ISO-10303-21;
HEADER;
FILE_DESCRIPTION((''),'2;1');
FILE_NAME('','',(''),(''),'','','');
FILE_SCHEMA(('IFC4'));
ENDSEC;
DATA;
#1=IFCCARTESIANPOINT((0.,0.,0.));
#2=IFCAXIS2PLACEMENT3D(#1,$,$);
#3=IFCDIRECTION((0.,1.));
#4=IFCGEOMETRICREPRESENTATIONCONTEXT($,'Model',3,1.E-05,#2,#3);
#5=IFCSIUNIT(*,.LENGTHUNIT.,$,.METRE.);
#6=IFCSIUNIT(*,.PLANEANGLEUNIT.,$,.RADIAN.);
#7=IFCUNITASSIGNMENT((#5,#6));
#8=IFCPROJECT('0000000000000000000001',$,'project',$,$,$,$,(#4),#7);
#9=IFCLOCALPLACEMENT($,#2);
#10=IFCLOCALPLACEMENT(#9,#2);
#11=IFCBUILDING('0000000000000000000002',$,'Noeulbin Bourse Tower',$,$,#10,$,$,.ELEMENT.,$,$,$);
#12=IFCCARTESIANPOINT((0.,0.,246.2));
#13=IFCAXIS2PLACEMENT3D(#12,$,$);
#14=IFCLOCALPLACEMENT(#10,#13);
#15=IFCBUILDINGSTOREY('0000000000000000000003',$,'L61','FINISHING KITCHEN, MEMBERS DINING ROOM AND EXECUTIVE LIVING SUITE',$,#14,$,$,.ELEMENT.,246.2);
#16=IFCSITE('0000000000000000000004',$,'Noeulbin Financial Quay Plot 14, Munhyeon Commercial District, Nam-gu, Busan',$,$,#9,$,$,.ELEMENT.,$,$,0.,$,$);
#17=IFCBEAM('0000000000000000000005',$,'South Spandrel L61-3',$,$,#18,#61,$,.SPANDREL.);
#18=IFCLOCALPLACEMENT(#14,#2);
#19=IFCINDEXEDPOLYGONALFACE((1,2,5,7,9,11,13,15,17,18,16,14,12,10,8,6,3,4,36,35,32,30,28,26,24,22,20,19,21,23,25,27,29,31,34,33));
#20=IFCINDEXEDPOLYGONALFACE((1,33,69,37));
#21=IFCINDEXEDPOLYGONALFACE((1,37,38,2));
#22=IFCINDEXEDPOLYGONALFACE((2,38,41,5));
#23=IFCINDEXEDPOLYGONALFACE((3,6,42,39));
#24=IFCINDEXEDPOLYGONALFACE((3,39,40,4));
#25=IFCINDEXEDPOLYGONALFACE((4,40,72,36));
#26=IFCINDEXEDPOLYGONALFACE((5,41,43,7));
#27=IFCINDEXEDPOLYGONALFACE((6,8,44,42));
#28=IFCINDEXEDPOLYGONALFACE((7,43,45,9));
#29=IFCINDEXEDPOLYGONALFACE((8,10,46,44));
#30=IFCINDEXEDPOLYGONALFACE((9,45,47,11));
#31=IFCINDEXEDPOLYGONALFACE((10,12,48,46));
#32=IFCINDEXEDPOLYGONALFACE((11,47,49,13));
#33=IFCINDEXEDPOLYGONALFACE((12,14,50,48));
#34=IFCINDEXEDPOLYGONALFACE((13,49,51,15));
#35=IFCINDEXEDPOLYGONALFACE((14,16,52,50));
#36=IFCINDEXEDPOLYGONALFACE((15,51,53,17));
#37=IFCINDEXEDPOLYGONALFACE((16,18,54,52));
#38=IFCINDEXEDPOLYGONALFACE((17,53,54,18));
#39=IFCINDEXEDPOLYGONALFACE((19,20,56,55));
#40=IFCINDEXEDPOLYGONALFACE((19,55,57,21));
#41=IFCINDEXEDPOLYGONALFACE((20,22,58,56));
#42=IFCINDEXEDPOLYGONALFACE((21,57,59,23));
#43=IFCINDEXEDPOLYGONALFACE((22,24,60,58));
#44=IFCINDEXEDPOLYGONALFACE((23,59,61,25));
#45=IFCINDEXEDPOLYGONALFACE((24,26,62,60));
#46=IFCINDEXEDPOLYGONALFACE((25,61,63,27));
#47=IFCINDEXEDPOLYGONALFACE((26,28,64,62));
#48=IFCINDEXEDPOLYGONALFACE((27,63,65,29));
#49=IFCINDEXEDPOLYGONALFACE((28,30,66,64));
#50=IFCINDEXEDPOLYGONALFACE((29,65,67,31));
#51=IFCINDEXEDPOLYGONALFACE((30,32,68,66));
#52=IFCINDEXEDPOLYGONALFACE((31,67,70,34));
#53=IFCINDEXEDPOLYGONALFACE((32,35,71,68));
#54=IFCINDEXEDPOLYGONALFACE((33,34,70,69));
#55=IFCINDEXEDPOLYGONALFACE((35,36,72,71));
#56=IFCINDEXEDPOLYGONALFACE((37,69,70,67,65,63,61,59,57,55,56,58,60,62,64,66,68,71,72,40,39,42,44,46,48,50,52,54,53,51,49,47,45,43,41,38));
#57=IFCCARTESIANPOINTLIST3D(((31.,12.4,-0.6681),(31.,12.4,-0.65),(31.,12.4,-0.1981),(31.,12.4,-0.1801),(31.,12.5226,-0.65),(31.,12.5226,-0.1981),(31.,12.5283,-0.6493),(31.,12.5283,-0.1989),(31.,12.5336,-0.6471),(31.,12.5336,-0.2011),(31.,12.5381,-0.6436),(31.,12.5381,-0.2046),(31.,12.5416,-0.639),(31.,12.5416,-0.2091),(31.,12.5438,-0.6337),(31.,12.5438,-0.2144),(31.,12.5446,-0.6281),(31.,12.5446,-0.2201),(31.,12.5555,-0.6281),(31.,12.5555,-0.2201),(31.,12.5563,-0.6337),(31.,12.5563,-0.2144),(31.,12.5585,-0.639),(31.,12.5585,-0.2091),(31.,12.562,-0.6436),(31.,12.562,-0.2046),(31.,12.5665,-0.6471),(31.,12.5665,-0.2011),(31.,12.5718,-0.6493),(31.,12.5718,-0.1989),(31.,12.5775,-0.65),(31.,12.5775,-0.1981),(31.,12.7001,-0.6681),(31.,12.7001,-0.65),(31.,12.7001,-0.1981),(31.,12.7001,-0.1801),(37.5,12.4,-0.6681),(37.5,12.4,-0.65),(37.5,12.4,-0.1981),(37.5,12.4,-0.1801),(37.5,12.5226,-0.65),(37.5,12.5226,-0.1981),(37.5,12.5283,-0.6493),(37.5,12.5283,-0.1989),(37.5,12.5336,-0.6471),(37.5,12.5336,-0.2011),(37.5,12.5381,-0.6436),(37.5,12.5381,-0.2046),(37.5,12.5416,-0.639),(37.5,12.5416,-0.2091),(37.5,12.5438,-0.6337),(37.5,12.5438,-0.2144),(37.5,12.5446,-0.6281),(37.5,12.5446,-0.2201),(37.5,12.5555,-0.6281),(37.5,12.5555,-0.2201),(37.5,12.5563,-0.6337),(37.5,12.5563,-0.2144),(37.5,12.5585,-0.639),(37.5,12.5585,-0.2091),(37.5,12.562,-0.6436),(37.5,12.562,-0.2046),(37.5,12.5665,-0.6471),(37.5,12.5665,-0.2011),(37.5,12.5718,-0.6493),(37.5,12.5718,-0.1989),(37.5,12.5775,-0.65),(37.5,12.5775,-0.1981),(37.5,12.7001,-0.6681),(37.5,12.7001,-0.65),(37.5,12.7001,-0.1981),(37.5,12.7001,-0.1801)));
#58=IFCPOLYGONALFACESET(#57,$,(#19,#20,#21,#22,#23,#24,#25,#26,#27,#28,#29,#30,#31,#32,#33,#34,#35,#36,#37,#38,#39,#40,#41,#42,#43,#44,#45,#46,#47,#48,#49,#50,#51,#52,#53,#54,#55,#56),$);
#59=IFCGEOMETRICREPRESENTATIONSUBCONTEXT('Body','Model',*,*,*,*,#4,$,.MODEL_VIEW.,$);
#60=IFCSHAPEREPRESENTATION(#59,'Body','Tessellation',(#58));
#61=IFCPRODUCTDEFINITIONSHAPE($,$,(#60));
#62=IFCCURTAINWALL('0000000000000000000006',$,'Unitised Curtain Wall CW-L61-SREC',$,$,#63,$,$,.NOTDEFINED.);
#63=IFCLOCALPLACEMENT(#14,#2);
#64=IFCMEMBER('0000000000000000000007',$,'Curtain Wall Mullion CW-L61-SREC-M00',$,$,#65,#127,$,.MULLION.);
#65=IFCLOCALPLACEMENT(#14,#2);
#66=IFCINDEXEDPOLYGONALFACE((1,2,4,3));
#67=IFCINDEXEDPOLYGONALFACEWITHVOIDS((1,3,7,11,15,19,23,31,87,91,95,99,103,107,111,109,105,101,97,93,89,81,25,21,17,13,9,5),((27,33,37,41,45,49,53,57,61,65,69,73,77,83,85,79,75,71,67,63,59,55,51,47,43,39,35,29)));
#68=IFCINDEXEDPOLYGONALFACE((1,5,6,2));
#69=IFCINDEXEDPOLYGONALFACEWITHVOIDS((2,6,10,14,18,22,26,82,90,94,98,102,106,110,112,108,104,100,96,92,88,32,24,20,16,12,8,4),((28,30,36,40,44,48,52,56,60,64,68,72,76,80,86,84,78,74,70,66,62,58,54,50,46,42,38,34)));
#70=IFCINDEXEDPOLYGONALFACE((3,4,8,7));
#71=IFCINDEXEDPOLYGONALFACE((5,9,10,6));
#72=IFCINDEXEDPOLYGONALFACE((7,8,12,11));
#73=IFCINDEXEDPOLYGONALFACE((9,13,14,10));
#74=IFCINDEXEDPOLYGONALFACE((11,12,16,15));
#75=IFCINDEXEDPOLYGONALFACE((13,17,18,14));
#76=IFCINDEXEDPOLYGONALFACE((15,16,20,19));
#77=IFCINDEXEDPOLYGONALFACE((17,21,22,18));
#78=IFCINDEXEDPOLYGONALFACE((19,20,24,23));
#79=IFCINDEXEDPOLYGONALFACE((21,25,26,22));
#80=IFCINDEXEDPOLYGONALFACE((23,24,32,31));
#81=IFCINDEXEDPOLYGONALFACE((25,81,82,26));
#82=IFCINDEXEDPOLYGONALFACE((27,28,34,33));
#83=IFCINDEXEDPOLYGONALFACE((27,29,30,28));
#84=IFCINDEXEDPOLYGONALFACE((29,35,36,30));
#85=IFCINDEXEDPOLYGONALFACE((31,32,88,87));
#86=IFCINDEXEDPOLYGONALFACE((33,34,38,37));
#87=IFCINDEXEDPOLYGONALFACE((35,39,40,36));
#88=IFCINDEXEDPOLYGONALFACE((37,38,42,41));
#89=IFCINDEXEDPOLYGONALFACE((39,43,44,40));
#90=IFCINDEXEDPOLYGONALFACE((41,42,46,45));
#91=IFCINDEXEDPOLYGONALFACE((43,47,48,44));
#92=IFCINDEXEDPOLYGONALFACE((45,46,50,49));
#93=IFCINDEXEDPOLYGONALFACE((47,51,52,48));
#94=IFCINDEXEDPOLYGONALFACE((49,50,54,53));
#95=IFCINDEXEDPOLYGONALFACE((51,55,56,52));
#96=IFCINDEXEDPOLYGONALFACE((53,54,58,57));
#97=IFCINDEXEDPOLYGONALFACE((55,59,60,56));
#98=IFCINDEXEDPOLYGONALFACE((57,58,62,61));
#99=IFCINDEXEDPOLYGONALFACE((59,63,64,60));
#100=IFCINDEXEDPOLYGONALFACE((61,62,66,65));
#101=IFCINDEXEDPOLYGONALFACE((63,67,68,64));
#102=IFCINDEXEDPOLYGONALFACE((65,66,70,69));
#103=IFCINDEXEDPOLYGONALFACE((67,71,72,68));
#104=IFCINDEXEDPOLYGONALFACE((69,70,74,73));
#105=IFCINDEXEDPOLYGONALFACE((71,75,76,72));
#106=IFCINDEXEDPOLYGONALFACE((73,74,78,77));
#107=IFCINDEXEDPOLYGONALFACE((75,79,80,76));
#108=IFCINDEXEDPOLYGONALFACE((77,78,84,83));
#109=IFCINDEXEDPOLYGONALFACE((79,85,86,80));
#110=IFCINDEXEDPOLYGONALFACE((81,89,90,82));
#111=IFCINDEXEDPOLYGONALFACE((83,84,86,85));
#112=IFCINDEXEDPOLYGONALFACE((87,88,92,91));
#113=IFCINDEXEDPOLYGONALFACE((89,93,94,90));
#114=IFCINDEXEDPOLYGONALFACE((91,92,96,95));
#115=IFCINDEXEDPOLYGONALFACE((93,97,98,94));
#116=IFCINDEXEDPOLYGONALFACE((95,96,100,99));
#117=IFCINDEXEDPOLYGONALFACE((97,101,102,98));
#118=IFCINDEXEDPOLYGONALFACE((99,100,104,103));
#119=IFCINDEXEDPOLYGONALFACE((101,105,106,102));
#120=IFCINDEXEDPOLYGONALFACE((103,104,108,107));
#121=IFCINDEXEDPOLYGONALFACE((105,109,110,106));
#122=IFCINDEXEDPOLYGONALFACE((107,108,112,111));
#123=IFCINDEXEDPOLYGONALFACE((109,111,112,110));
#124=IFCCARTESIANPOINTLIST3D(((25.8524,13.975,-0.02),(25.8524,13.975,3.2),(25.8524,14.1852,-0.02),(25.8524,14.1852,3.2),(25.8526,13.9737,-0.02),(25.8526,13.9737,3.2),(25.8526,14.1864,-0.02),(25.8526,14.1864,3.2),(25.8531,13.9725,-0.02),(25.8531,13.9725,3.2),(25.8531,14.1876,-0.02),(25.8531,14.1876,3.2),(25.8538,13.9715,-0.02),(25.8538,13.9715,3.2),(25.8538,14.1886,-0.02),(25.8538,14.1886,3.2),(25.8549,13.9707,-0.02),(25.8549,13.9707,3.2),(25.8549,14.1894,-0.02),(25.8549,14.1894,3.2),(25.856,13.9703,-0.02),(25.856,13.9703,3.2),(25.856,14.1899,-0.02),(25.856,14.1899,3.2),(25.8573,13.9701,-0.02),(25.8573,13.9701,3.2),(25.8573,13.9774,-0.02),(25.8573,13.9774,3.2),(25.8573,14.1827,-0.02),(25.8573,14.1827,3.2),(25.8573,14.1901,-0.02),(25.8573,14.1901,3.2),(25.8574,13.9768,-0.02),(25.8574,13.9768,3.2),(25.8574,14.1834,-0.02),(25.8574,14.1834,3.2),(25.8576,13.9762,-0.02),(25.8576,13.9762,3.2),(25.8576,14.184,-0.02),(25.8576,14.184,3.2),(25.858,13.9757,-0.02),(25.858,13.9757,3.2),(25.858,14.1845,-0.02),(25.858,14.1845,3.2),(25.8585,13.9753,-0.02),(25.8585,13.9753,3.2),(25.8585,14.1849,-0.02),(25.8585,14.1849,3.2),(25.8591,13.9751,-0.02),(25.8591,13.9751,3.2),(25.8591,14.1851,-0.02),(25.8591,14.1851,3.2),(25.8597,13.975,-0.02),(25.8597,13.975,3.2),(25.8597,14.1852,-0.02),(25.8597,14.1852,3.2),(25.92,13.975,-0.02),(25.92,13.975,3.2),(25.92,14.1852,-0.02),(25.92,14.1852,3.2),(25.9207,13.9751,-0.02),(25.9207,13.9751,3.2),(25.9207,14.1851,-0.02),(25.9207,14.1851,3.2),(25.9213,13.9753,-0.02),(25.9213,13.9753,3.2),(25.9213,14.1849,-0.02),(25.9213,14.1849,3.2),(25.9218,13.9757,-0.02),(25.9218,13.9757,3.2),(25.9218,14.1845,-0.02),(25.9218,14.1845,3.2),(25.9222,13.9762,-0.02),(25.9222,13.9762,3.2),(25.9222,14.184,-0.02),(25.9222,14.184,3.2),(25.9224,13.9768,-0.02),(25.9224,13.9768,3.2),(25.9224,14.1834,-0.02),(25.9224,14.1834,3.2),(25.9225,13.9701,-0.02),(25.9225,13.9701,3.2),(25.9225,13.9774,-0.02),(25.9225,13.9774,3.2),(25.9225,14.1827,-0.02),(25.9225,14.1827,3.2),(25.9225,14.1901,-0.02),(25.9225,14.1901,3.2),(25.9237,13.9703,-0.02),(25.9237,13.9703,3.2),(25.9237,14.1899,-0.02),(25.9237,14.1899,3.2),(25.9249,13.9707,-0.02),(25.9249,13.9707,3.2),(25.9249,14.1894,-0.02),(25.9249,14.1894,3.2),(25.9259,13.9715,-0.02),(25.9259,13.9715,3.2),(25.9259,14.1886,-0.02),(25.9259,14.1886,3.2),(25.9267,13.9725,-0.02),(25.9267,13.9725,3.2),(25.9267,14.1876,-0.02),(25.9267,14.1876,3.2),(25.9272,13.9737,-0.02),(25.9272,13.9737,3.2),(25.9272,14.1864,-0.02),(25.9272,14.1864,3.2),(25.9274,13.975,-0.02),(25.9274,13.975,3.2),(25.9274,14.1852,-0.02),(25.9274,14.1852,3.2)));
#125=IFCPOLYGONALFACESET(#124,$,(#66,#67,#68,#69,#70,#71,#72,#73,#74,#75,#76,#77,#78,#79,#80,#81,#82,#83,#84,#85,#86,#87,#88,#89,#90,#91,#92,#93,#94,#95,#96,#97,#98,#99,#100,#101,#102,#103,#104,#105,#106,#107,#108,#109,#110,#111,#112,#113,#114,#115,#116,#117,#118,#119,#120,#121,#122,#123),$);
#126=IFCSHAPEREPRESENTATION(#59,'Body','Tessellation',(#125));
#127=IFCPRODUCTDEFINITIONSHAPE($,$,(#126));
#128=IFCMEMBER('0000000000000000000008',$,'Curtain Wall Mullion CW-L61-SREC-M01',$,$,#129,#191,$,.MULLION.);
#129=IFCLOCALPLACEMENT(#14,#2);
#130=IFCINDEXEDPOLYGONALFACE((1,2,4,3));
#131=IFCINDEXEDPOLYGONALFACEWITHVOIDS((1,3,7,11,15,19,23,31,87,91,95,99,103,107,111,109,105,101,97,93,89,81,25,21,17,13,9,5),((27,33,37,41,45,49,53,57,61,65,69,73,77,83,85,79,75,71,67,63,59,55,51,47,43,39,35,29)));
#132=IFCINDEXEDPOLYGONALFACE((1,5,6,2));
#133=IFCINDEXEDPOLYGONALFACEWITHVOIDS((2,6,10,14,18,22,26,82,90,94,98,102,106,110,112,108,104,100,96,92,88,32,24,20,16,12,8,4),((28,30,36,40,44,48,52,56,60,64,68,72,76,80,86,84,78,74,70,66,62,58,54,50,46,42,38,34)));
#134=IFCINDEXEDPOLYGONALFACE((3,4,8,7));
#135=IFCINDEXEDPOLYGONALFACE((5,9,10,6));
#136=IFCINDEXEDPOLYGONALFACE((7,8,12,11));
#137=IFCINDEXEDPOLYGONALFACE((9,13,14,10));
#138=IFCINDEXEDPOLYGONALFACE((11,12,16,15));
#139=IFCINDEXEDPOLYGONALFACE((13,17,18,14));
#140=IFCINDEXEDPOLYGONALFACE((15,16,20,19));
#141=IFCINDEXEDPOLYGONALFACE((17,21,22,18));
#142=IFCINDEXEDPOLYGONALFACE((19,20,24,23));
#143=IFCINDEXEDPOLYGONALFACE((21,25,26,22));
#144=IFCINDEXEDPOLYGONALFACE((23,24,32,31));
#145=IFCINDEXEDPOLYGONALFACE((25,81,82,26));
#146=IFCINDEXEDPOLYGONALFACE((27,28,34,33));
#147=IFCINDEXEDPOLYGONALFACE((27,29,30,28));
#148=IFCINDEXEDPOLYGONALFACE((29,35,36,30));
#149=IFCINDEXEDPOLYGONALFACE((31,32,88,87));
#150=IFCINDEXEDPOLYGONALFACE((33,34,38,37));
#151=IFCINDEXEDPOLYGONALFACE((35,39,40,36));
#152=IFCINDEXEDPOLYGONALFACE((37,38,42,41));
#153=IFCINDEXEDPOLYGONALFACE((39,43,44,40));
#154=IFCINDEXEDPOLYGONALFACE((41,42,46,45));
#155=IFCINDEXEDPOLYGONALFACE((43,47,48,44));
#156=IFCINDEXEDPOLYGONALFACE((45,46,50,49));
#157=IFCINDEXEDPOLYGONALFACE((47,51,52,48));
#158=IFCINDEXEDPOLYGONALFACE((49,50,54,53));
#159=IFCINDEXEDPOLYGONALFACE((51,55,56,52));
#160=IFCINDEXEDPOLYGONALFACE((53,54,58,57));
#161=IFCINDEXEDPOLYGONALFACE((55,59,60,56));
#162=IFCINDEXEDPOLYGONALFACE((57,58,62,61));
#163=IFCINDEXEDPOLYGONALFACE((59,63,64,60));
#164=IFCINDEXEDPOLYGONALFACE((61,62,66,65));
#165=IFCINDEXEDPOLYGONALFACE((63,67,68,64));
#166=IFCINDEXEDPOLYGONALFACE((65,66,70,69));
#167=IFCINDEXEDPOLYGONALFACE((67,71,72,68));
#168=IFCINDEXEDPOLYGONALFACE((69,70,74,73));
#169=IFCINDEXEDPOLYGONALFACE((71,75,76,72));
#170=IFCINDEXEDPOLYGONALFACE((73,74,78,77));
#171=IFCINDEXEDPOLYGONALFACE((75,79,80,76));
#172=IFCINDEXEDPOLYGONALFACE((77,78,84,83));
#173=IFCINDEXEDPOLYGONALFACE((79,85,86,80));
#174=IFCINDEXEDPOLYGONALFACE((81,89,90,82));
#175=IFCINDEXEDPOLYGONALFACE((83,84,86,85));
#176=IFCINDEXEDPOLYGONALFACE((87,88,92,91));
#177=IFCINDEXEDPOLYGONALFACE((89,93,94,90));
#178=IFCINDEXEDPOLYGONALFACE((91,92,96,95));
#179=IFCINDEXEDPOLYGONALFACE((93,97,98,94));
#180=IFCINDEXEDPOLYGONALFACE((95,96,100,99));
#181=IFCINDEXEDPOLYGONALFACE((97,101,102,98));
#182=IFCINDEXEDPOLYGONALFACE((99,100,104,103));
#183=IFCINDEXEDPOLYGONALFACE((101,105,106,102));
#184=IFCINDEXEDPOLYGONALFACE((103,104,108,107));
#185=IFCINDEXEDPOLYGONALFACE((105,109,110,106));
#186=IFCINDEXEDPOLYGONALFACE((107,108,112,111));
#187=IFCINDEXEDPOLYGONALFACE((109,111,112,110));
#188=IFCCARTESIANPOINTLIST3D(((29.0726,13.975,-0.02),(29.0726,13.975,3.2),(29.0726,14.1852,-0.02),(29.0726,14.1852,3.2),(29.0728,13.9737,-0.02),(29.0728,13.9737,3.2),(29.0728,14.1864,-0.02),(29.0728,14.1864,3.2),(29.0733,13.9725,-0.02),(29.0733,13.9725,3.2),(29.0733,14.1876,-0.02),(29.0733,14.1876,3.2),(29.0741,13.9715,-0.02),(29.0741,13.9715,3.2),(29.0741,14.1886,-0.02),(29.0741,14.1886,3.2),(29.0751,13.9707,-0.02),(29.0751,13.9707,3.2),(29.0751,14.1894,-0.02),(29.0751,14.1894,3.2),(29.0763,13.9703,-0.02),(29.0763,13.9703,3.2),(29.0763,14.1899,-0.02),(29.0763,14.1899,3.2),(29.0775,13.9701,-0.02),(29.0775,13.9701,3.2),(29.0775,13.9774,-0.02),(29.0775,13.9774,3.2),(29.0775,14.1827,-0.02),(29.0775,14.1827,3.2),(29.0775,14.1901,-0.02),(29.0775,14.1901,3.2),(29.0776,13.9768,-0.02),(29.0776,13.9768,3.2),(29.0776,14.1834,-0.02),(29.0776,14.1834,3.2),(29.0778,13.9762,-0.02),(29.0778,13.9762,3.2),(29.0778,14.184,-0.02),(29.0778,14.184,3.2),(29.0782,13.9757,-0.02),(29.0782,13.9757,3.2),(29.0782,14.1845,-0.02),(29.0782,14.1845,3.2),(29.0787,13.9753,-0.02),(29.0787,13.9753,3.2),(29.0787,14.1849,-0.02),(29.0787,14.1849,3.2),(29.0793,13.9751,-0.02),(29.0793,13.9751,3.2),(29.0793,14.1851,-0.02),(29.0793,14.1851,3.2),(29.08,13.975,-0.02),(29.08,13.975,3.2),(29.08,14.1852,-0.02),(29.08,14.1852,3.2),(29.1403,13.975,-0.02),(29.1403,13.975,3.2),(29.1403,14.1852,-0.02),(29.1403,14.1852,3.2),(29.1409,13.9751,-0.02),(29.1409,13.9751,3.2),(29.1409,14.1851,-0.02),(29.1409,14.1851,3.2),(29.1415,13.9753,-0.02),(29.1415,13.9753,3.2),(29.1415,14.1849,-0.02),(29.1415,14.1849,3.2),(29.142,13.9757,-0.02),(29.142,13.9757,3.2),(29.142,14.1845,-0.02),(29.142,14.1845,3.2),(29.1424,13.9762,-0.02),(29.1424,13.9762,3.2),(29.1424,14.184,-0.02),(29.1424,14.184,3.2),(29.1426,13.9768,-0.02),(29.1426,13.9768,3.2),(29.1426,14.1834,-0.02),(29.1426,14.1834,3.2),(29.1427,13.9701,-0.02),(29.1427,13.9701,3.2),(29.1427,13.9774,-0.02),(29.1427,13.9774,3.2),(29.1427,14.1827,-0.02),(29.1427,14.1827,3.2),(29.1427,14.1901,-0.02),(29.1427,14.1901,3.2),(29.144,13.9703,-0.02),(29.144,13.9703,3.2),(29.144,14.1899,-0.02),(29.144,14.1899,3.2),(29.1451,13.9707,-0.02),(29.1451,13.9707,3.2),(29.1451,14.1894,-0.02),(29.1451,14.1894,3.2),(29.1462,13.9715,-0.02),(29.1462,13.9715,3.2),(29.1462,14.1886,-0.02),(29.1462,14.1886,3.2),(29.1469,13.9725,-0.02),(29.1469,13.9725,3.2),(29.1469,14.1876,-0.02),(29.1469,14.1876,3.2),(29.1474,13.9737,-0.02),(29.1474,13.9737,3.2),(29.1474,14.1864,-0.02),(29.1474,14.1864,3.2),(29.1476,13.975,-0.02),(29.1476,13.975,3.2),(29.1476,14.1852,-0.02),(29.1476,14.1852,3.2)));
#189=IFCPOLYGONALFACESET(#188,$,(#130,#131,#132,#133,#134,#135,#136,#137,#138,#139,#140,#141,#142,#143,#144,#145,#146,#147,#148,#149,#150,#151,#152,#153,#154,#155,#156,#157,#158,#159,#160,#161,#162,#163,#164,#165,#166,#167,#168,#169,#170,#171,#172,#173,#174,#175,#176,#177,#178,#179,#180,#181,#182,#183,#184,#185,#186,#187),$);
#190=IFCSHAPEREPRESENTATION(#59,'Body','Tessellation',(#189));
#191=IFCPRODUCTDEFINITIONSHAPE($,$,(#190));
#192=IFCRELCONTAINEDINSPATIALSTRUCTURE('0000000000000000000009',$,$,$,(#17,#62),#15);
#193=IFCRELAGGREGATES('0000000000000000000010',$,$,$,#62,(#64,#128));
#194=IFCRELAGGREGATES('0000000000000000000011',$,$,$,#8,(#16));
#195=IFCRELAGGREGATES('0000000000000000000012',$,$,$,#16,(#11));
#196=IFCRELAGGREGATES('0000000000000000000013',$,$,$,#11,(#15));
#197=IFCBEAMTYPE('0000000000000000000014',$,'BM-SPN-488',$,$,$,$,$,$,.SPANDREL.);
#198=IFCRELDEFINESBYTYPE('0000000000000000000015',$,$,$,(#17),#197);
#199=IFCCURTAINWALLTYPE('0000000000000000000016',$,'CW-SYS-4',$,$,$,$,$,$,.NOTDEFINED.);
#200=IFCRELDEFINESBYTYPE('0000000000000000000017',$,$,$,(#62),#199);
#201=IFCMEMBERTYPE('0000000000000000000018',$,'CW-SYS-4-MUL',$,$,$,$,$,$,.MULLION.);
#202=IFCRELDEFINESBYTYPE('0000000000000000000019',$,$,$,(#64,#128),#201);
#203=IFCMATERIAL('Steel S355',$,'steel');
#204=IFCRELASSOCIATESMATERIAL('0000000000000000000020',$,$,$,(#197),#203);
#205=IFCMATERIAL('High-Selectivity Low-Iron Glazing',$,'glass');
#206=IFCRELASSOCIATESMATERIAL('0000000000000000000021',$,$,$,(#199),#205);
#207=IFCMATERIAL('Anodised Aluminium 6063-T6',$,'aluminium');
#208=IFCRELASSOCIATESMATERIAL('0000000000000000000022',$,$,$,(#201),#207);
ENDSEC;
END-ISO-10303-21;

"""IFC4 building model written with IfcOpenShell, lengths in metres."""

from ifc_helpers import new_model, si_unit, direction, frame, origin, origin_2d, place, context, subcontext, project, spatial, hollow_rectangle, i_section, extrude, material, material_profile, profile_set, type_object, element, aggregate, save


model = new_model("IFC4")

# Units and contexts
model_context = context("Model", 3, precision=1e-05, world=origin(), true_north=direction((0.0, 1.0)))
body_context = subcontext(model_context, "Body", "Model", "MODEL_VIEW")
ifc_project = project(units=[si_unit("LENGTHUNIT", "METRE"), si_unit("PLANEANGLEUNIT", "RADIAN")], contexts=[model_context])

# Site, building, storey
site_placement = place(None, origin())
site = spatial("IfcSite", under=ifc_project, at=site_placement, Name="Noeulbin Financial Quay Plot 14, Munhyeon Commercial District, Nam-gu, Busan", CompositionType="ELEMENT", RefElevation=0.0)
building_placement = place(site_placement, origin())
building = spatial("IfcBuilding", under=site, at=building_placement, Name="Noeulbin Bourse Tower", CompositionType="ELEMENT")
storey_placement = place(building_placement, frame((0.0, 0.0, 246.2)))
storey = spatial("IfcBuildingStorey", under=building, at=storey_placement, Name="L61", Description="FINISHING KITCHEN, MEMBERS DINING ROOM AND EXECUTIVE LIVING SUITE", CompositionType="ELEMENT", Elevation=246.2)

# Shared definitions
ifc_material_1 = material(Name="Steel S355", Category="steel")

# Beam
ifc_material_profile_1 = material_profile(ifc_material_1, i_section(OverallWidth=0.3, OverallDepth=0.488, WebThickness=0.011, FlangeThickness=0.0181, FilletRadius=0.022, at=origin_2d()), Name="H-488x300x11x18", Category="LoadBearing")
ifc_profile_set_1 = profile_set([ifc_material_profile_1], Name="Steel S355")
beam_type_1 = type_object("IfcBeamType", Name="BM-SPN-488", PredefinedType="SPANDREL", material=ifc_profile_set_1)
beam_1_placement = place(storey_placement, frame((31.0, 12.55, -0.4241), z_axis=(1.0, 0.0, 0.0), x_axis=(0.0, 1.0, 0.0)))
element("IfcBeam", 1, at=beam_1_placement, inside=storey, type_object=beam_type_1, Name="South Spandrel L61-3", PredefinedType="SPANDREL", context=body_context, shape_type="SweptSolid", body=[
    extrude(i_section(OverallWidth=0.3, OverallDepth=0.488, WebThickness=0.011, FlangeThickness=0.0181, FilletRadius=0.022, at=origin_2d()), origin(), (0.0, 0.0, 1.0), 6.5),
])

# Curtain wall, members
ifc_material_2 = material(Name="High-Selectivity Low-Iron Glazing", Category="glass")
curtain_wall_type = type_object("IfcCurtainWallType", Name="CW-SYS-4", PredefinedType="NOTDEFINED", material=ifc_material_2)
curtain_wall_1_placement = place(storey_placement, origin())
curtain_wall_1 = element("IfcCurtainWall", 2, at=curtain_wall_1_placement, inside=storey, type_object=curtain_wall_type, Name="Unitised Curtain Wall CW-L61-SREC", PredefinedType="NOTDEFINED")
ifc_material_3 = material(Name="Anodised Aluminium 6063-T6", Category="aluminium")
ifc_material_profile_2 = material_profile(ifc_material_3, hollow_rectangle(XDim=0.075, YDim=0.22, WallThickness=0.0049, InnerFilletRadius=0.0024, OuterFilletRadius=0.0049, at=origin_2d()), Name="ALU-MULL-75x220x5", Category="LoadBearing")
ifc_profile_set_2 = profile_set([ifc_material_profile_2], Name="Anodised Aluminium 6063-T6")
member_type_1 = type_object("IfcMemberType", Name="CW-SYS-4-MUL", PredefinedType="MULLION", material=ifc_profile_set_2)
member_1_placement = place(storey_placement, frame((25.8899, 14.0801, -0.02), z_axis=(0.0, 0.0, 1.0), x_axis=(1.0, 0.0, 0.0)))
member_1 = element("IfcMember", 3, at=member_1_placement, type_object=member_type_1, Name="Curtain Wall Mullion CW-L61-SREC-M00", PredefinedType="MULLION", context=body_context, shape_type="SweptSolid", body=[
    extrude(hollow_rectangle(XDim=0.075, YDim=0.22, WallThickness=0.0049, InnerFilletRadius=0.0024, OuterFilletRadius=0.0049, at=origin_2d()), origin(), (0.0, 0.0, 1.0), 3.22),
])
member_2_placement = place(storey_placement, frame((29.1101, 14.0801, -0.02), z_axis=(0.0, 0.0, 1.0), x_axis=(1.0, 0.0, 0.0)))
member_2 = element("IfcMember", 4, at=member_2_placement, type_object=member_type_1, Name="Curtain Wall Mullion CW-L61-SREC-M01", PredefinedType="MULLION", context=body_context, shape_type="SweptSolid", body=[
    extrude(hollow_rectangle(XDim=0.075, YDim=0.22, WallThickness=0.0049, InnerFilletRadius=0.0024, OuterFilletRadius=0.0049, at=origin_2d()), origin(), (0.0, 0.0, 1.0), 3.22),
])

aggregate(curtain_wall_1, [member_1, member_2])

save(model, "model.ifc")
